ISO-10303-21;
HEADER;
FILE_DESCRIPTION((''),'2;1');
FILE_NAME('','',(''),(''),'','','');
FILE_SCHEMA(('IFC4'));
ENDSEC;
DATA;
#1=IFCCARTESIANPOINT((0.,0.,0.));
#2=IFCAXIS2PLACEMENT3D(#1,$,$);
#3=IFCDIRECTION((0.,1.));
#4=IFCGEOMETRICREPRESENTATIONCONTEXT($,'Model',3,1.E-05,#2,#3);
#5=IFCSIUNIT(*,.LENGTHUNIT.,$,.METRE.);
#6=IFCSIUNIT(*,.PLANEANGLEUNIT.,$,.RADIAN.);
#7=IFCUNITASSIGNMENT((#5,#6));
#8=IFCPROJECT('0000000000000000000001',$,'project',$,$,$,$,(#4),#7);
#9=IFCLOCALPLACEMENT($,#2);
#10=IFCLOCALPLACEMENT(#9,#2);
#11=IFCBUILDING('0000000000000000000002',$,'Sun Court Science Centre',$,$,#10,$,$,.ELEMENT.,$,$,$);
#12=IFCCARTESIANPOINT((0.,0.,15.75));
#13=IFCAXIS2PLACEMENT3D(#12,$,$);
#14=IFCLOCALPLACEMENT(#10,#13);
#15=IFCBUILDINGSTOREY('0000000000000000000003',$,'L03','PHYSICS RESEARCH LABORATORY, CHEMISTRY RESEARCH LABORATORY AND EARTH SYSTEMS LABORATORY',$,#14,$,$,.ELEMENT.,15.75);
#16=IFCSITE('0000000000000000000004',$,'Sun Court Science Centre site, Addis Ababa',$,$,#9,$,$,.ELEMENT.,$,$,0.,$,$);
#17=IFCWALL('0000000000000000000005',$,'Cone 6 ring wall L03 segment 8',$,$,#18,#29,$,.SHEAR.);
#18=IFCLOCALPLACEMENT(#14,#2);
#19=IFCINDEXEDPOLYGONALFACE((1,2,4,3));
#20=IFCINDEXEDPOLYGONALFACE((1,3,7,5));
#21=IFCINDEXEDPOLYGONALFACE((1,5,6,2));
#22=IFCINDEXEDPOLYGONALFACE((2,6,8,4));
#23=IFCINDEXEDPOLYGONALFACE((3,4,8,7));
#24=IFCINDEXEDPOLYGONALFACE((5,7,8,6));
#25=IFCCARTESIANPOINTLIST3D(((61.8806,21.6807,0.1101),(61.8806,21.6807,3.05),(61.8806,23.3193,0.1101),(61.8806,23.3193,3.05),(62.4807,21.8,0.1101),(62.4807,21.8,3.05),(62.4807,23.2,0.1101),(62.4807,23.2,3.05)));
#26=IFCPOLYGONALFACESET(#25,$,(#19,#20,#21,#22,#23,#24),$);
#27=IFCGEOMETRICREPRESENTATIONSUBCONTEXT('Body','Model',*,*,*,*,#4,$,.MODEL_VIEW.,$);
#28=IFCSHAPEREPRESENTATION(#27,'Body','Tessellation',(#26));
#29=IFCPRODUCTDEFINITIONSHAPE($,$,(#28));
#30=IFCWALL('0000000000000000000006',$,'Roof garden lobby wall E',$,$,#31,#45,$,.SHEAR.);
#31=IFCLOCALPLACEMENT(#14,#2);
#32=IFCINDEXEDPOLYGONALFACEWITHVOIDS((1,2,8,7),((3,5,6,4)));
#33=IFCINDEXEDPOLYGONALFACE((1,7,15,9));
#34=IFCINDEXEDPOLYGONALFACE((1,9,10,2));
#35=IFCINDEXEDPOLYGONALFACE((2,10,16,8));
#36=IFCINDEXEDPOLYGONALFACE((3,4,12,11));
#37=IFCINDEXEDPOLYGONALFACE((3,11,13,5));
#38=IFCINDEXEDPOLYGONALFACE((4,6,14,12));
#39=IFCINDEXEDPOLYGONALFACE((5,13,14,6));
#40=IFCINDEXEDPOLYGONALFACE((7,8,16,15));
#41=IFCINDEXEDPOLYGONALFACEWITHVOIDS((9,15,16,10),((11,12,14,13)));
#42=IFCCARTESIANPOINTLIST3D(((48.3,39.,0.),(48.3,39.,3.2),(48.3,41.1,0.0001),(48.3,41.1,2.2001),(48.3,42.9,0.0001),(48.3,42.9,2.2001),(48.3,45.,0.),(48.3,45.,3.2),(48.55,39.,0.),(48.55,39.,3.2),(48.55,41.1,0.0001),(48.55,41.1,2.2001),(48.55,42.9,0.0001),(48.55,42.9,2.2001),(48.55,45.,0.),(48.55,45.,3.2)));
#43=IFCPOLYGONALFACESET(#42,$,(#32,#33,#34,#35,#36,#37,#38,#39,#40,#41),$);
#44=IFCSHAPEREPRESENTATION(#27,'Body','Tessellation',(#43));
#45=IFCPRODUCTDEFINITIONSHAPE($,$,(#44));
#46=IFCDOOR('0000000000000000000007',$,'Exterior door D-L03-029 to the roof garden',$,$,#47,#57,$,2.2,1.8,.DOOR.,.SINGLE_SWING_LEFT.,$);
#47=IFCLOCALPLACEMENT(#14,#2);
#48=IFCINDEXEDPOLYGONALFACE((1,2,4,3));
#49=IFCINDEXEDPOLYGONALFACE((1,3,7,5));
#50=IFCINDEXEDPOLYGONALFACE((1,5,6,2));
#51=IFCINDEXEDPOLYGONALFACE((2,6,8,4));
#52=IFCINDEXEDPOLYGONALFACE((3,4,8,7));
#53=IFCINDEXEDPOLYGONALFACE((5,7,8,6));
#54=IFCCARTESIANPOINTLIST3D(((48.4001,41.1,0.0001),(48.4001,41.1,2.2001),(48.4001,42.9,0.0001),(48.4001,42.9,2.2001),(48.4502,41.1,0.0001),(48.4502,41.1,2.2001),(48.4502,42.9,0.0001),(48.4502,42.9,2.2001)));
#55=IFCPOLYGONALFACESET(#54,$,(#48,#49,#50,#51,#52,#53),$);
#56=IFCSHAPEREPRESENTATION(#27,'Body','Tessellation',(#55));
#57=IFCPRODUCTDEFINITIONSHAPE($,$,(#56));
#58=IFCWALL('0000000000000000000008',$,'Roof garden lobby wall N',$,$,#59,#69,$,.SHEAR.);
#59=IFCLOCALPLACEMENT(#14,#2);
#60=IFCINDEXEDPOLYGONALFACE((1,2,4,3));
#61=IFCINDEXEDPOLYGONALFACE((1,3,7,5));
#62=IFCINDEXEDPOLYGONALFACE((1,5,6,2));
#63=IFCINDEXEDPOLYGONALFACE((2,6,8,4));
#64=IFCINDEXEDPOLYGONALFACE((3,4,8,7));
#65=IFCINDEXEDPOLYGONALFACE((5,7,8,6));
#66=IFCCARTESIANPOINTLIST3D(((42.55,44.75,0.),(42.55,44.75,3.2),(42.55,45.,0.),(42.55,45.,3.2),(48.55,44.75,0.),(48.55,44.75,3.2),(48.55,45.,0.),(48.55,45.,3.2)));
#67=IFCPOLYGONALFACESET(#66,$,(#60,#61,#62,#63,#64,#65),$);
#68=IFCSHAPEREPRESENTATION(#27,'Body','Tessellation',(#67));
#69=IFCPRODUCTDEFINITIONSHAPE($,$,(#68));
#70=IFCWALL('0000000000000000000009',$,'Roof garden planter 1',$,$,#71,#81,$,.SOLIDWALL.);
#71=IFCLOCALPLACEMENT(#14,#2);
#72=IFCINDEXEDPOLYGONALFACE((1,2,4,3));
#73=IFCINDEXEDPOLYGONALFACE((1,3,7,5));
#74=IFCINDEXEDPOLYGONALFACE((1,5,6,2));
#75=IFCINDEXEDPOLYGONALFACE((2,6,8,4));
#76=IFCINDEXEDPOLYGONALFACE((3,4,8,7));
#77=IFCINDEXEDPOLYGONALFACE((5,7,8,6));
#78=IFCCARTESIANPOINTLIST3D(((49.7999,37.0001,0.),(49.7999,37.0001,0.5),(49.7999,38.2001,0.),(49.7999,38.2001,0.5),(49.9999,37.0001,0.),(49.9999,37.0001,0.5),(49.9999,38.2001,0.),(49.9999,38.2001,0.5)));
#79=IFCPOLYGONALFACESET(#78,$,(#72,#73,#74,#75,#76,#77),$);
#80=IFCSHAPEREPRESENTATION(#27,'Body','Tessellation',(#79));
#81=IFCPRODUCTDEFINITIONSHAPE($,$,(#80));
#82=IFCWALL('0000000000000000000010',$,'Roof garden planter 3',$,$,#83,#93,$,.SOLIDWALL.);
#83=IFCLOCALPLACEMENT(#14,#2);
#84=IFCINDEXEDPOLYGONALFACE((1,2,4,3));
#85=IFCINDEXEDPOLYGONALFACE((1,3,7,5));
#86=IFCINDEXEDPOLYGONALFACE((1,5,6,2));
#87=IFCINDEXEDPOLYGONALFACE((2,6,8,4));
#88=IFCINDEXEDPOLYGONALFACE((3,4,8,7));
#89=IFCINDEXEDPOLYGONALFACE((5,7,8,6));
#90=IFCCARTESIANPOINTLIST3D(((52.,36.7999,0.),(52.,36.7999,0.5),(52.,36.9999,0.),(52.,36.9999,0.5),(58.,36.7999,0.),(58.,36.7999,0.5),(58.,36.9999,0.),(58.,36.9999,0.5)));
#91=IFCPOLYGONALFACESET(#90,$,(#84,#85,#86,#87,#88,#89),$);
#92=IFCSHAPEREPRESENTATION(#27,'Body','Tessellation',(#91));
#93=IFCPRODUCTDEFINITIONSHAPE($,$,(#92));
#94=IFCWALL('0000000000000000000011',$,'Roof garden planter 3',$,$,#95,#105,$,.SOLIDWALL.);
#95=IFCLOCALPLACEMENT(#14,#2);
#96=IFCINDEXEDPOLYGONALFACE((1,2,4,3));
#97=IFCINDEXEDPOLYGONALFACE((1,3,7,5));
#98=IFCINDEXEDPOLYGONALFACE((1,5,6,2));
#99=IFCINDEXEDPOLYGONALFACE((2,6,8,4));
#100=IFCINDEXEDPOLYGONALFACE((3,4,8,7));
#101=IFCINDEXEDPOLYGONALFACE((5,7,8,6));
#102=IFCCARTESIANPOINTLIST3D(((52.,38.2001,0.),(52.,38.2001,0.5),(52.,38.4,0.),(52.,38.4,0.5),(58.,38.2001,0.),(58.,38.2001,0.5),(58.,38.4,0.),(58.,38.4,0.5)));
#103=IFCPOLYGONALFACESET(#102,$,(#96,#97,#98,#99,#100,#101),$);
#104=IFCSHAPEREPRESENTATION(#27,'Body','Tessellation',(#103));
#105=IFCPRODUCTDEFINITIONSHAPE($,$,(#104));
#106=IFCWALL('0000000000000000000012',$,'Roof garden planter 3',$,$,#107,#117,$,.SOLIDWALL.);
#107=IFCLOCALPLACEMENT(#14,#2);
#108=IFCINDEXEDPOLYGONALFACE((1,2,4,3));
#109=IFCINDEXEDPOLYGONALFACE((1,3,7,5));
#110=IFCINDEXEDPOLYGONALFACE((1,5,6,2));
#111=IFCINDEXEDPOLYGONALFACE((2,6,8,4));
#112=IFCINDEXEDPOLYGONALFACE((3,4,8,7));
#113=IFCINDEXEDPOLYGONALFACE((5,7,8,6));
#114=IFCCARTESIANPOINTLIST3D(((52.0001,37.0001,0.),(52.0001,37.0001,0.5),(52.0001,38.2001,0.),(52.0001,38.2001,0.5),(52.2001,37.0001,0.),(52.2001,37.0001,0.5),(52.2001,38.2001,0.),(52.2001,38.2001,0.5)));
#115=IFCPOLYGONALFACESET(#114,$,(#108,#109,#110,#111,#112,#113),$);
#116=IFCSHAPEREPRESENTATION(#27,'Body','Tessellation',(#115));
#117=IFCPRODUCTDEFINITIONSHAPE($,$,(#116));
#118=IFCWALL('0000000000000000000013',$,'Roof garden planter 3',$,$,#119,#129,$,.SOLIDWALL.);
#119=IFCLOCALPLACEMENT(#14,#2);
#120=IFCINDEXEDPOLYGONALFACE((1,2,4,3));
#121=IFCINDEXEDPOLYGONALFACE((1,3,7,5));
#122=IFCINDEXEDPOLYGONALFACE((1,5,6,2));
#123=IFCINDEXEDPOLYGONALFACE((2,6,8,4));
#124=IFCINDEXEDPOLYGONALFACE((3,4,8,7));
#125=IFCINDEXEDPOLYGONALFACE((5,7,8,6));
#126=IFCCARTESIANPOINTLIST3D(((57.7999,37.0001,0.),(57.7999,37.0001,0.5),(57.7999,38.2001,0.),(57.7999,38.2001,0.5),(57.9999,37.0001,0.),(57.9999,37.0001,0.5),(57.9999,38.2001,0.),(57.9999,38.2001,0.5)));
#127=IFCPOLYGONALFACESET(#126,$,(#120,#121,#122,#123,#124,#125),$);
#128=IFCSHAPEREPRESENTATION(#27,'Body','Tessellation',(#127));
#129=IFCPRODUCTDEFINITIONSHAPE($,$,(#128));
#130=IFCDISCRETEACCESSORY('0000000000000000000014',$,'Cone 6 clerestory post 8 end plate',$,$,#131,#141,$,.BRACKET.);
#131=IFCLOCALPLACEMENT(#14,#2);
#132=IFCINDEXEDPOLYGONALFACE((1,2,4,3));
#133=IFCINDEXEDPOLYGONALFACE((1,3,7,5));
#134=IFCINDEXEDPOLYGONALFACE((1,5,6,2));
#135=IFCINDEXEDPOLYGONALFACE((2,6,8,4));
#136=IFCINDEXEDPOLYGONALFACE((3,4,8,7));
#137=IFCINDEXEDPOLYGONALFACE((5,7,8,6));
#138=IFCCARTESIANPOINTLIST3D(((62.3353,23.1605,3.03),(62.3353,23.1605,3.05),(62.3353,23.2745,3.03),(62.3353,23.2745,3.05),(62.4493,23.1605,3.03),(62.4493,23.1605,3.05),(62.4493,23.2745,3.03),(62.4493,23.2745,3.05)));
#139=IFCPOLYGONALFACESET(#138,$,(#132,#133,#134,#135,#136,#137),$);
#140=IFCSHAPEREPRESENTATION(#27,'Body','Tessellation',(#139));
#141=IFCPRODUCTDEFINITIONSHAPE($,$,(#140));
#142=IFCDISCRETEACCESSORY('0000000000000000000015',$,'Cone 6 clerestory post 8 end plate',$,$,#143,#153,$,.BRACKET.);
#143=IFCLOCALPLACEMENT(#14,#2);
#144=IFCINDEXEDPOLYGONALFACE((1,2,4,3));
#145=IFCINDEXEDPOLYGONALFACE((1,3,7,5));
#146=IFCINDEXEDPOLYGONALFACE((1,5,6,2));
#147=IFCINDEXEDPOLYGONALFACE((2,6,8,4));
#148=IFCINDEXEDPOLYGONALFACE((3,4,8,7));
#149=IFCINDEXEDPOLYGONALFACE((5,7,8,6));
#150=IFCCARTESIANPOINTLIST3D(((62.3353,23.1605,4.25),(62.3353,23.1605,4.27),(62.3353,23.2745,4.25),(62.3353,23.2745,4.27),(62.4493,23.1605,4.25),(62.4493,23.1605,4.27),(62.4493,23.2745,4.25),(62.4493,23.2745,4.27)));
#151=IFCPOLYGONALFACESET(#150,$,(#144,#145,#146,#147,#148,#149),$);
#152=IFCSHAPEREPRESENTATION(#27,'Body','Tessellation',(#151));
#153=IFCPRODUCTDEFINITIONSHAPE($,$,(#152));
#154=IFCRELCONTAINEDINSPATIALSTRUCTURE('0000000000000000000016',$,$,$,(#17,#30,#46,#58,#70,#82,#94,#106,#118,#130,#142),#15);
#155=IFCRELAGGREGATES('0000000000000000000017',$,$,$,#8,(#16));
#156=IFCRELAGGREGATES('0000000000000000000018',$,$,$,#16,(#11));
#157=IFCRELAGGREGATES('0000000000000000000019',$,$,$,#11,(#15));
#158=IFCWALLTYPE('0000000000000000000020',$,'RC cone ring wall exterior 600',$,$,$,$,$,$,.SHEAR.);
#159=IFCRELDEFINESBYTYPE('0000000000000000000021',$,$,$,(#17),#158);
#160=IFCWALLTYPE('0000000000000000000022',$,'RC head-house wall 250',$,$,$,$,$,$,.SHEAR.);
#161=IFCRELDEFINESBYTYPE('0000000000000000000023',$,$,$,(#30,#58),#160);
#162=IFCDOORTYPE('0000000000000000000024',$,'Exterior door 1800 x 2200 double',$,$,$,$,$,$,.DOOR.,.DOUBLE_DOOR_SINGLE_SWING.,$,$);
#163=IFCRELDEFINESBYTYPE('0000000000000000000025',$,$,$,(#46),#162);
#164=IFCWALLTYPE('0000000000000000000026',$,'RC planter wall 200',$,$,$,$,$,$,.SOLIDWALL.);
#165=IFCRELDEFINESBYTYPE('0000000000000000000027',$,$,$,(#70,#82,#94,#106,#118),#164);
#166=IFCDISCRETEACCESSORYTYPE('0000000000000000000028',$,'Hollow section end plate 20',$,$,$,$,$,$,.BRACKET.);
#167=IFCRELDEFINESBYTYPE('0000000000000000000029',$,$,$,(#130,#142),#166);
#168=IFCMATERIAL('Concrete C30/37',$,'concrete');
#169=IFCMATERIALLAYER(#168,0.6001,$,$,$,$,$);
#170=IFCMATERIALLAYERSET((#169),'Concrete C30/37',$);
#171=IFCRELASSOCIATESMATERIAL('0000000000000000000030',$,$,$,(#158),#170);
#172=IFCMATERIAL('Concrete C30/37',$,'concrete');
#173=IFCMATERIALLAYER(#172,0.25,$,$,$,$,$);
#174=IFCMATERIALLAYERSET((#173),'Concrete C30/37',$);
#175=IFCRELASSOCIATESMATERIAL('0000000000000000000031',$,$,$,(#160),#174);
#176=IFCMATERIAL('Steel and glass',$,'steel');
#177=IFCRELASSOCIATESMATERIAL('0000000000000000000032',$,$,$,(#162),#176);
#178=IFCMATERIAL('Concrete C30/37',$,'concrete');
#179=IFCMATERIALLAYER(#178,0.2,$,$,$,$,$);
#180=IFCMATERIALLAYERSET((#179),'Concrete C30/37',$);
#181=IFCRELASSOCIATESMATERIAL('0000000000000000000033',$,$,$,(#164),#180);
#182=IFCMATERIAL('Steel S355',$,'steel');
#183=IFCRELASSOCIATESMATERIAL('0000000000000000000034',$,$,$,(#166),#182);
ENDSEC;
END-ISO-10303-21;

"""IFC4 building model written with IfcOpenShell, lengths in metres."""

from ifc_helpers import new_model, si_unit, direction, frame, frame_2d, origin, origin_2d, place, context, subcontext, project, spatial, polyline, rectangle, outline, extrude, material, layer, layer_set, type_object, element, fill, save


model = new_model("IFC4")

# Units and contexts
model_context = context("Model", 3, precision=1e-05, world=origin(), true_north=direction((0.0, 1.0)))
body_context = subcontext(model_context, "Body", "Model", "MODEL_VIEW")
ifc_project = project(units=[si_unit("LENGTHUNIT", "METRE"), si_unit("PLANEANGLEUNIT", "RADIAN")], contexts=[model_context])

# Site, building, storey
site_placement = place(None, origin())
site = spatial("IfcSite", under=ifc_project, at=site_placement, Name="Sun Court Science Centre site, Addis Ababa", CompositionType="ELEMENT", RefElevation=0.0)
building_placement = place(site_placement, origin())
building = spatial("IfcBuilding", under=site, at=building_placement, Name="Sun Court Science Centre", CompositionType="ELEMENT")
storey_placement = place(building_placement, frame((0.0, 0.0, 15.75)))
storey = spatial("IfcBuildingStorey", under=building, at=storey_placement, Name="L03", Description="PHYSICS RESEARCH LABORATORY, CHEMISTRY RESEARCH LABORATORY AND EARTH SYSTEMS LABORATORY", CompositionType="ELEMENT", Elevation=15.75)

# Wall
ifc_material_1 = material(Name="Concrete C30/37", Category="concrete")
ifc_layer_1 = layer(ifc_material_1, 0.6001)
ifc_layer_set_1 = layer_set([ifc_layer_1], Name="Concrete C30/37")
wall_type_1 = type_object("IfcWallType", Name="RC cone ring wall exterior 600", PredefinedType="SHEAR", material=ifc_layer_set_1)
wall_1_placement = place(storey_placement, frame((62.1807, 23.3193, 0.1101), z_axis=(0.0, 0.0, 1.0), x_axis=(0.0, -1.0, 0.0)))
element("IfcWall", 1, at=wall_1_placement, inside=storey, type_object=wall_type_1, Name="Cone 6 ring wall L03 segment 8", PredefinedType="SHEAR", context=body_context, shape_type="SweptSolid", body=[
    extrude(outline(polyline([(0.0, -0.3), (1.6387, -0.3), (1.5193, 0.3), (0.1194, 0.3), (0.0, -0.3)])), origin(), (0.0, 0.0, 1.0), 2.9399),
])

# Wall, opening, door
ifc_material_2 = material(Name="Concrete C30/37", Category="concrete")
ifc_layer_2 = layer(ifc_material_2, 0.25)
ifc_layer_set_2 = layer_set([ifc_layer_2], Name="Concrete C30/37")
wall_type_2 = type_object("IfcWallType", Name="RC head-house wall 250", PredefinedType="SHEAR", material=ifc_layer_set_2)
wall_2_placement = place(storey_placement, frame((48.425, 39.0, 0.0), z_axis=(0.0, 0.0, 1.0), x_axis=(0.0, 1.0, 0.0)))
wall_2 = element("IfcWall", 2, at=wall_2_placement, inside=storey, type_object=wall_type_2, Name="Roof garden lobby wall E", PredefinedType="SHEAR", context=body_context, shape_type="SweptSolid", body=[
    extrude(rectangle(XDim=6.0, YDim=0.25, at=frame_2d((3.0, 0.0))), origin(), (0.0, 0.0, 1.0), 3.2),
])
opening_placement = place(wall_2_placement, frame((2.1001, 0.0, 0.0)))
opening = element("IfcOpeningElement", 3, at=opening_placement, cuts=wall_2, PredefinedType="OPENING", context=body_context, shape_type="SweptSolid", body=[
    extrude(rectangle(XDim=1.8, YDim=2.2, at=frame_2d((0.8999, 1.1001))), frame((0.0, 0.135, 0.0), z_axis=(0.0, -1.0, 0.0), x_axis=(1.0, 0.0, 0.0)), (0.0, 0.0, 1.0), 0.27),
])
ifc_material_3 = material(Name="Steel and glass", Category="steel")
door_type = type_object("IfcDoorType", Name="Exterior door 1800 x 2200 double", OperationType="DOUBLE_DOOR_SINGLE_SWING", PredefinedType="DOOR", material=ifc_material_3)
door_placement = place(opening_placement, origin())
door = element("IfcDoor", 4, at=door_placement, inside=storey, type_object=door_type, Name="Exterior door D-L03-029 to the roof garden", OperationType="SINGLE_SWING_LEFT", OverallHeight=2.2, OverallWidth=1.8, PredefinedType="DOOR", context=body_context, shape_type="SweptSolid", body=[
    extrude(rectangle(XDim=1.8, YDim=2.2, at=frame_2d((0.8999, 1.1001))), frame((0.0, 0.0249, 0.0), z_axis=(0.0, -1.0, 0.0), x_axis=(1.0, 0.0, 0.0)), (0.0, 0.0, 1.0), 0.05),
])
fill(opening, door)

# Walls
wall_3_placement = place(storey_placement, frame((48.55, 44.875, 0.0), z_axis=(0.0, 0.0, 1.0), x_axis=(-1.0, 0.0, 0.0)))
element("IfcWall", 5, at=wall_3_placement, inside=storey, type_object=wall_type_2, Name="Roof garden lobby wall N", PredefinedType="SHEAR", context=body_context, shape_type="SweptSolid", body=[
    extrude(rectangle(XDim=6.0, YDim=0.25, at=frame_2d((3.0, 0.0))), origin(), (0.0, 0.0, 1.0), 3.2),
])
ifc_material_4 = material(Name="Concrete C30/37", Category="concrete")
ifc_layer_3 = layer(ifc_material_4, 0.2)
ifc_layer_set_3 = layer_set([ifc_layer_3], Name="Concrete C30/37")
wall_type_3 = type_object("IfcWallType", Name="RC planter wall 200", PredefinedType="SOLIDWALL", material=ifc_layer_set_3)
wall_4_placement = place(storey_placement, frame((49.8999, 37.0, 0.0), z_axis=(0.0, 0.0, 1.0), x_axis=(0.0, 1.0, 0.0)))
element("IfcWall", 6, at=wall_4_placement, inside=storey, type_object=wall_type_3, Name="Roof garden planter 1", PredefinedType="SOLIDWALL", context=body_context, shape_type="SweptSolid", body=[
    extrude(rectangle(XDim=1.2, YDim=0.2, at=frame_2d((0.6001, 0.0))), origin(), (0.0, 0.0, 1.0), 0.5),
])
for number, where, z_axis, x_axis, name in (
    (7, (52.0, 36.8999, 0.0), (0.0, 0.0, 1.0), (1.0, 0.0, 0.0), "Roof garden planter 3"),
    (8, (52.0, 38.3, 0.0), (0.0, 0.0, 1.0), (1.0, 0.0, 0.0), "Roof garden planter 3"),
):
    element("IfcWall", number, at=place(storey_placement, frame(where, z_axis=z_axis, x_axis=x_axis)), inside=storey, type_object=wall_type_3, Name=name, PredefinedType="SOLIDWALL", context=body_context, shape_type="SweptSolid", body=[
        extrude(rectangle(XDim=6.0, YDim=0.2, at=frame_2d((3.0, 0.0))), origin(), (0.0, 0.0, 1.0), 0.5),
    ])
for number, where, z_axis, x_axis, name in (
    (9, (52.1001, 37.0, 0.0), (0.0, 0.0, 1.0), (0.0, 1.0, 0.0), "Roof garden planter 3"),
    (10, (57.8999, 37.0, 0.0), (0.0, 0.0, 1.0), (0.0, 1.0, 0.0), "Roof garden planter 3"),
):
    element("IfcWall", number, at=place(storey_placement, frame(where, z_axis=z_axis, x_axis=x_axis)), inside=storey, type_object=wall_type_3, Name=name, PredefinedType="SOLIDWALL", context=body_context, shape_type="SweptSolid", body=[
        extrude(rectangle(XDim=1.2, YDim=0.2, at=frame_2d((0.6001, 0.0))), origin(), (0.0, 0.0, 1.0), 0.5),
    ])

# Discrete accessories
ifc_material_5 = material(Name="Steel S355", Category="steel")
discrete_accessory_type = type_object("IfcDiscreteAccessoryType", Name="Hollow section end plate 20", PredefinedType="BRACKET", material=ifc_material_5)
for number, where, z_axis, x_axis, name in (
    (11, (62.3923, 23.2175, 3.03), (0.0, 0.0, 1.0), (1.0, 0.0, 0.0), "Cone 6 clerestory post 8 end plate"),
    (12, (62.3923, 23.2175, 4.25), (0.0, 0.0, 1.0), (1.0, 0.0, 0.0), "Cone 6 clerestory post 8 end plate"),
):
    element("IfcDiscreteAccessory", number, at=place(storey_placement, frame(where, z_axis=z_axis, x_axis=x_axis)), inside=storey, type_object=discrete_accessory_type, Name=name, PredefinedType="BRACKET", context=body_context, shape_type="SweptSolid", body=[
        extrude(rectangle(XDim=0.114, YDim=0.114, at=origin_2d()), origin(), (0.0, 0.0, 1.0), 0.02),
    ])

save(model, "model.ifc")
